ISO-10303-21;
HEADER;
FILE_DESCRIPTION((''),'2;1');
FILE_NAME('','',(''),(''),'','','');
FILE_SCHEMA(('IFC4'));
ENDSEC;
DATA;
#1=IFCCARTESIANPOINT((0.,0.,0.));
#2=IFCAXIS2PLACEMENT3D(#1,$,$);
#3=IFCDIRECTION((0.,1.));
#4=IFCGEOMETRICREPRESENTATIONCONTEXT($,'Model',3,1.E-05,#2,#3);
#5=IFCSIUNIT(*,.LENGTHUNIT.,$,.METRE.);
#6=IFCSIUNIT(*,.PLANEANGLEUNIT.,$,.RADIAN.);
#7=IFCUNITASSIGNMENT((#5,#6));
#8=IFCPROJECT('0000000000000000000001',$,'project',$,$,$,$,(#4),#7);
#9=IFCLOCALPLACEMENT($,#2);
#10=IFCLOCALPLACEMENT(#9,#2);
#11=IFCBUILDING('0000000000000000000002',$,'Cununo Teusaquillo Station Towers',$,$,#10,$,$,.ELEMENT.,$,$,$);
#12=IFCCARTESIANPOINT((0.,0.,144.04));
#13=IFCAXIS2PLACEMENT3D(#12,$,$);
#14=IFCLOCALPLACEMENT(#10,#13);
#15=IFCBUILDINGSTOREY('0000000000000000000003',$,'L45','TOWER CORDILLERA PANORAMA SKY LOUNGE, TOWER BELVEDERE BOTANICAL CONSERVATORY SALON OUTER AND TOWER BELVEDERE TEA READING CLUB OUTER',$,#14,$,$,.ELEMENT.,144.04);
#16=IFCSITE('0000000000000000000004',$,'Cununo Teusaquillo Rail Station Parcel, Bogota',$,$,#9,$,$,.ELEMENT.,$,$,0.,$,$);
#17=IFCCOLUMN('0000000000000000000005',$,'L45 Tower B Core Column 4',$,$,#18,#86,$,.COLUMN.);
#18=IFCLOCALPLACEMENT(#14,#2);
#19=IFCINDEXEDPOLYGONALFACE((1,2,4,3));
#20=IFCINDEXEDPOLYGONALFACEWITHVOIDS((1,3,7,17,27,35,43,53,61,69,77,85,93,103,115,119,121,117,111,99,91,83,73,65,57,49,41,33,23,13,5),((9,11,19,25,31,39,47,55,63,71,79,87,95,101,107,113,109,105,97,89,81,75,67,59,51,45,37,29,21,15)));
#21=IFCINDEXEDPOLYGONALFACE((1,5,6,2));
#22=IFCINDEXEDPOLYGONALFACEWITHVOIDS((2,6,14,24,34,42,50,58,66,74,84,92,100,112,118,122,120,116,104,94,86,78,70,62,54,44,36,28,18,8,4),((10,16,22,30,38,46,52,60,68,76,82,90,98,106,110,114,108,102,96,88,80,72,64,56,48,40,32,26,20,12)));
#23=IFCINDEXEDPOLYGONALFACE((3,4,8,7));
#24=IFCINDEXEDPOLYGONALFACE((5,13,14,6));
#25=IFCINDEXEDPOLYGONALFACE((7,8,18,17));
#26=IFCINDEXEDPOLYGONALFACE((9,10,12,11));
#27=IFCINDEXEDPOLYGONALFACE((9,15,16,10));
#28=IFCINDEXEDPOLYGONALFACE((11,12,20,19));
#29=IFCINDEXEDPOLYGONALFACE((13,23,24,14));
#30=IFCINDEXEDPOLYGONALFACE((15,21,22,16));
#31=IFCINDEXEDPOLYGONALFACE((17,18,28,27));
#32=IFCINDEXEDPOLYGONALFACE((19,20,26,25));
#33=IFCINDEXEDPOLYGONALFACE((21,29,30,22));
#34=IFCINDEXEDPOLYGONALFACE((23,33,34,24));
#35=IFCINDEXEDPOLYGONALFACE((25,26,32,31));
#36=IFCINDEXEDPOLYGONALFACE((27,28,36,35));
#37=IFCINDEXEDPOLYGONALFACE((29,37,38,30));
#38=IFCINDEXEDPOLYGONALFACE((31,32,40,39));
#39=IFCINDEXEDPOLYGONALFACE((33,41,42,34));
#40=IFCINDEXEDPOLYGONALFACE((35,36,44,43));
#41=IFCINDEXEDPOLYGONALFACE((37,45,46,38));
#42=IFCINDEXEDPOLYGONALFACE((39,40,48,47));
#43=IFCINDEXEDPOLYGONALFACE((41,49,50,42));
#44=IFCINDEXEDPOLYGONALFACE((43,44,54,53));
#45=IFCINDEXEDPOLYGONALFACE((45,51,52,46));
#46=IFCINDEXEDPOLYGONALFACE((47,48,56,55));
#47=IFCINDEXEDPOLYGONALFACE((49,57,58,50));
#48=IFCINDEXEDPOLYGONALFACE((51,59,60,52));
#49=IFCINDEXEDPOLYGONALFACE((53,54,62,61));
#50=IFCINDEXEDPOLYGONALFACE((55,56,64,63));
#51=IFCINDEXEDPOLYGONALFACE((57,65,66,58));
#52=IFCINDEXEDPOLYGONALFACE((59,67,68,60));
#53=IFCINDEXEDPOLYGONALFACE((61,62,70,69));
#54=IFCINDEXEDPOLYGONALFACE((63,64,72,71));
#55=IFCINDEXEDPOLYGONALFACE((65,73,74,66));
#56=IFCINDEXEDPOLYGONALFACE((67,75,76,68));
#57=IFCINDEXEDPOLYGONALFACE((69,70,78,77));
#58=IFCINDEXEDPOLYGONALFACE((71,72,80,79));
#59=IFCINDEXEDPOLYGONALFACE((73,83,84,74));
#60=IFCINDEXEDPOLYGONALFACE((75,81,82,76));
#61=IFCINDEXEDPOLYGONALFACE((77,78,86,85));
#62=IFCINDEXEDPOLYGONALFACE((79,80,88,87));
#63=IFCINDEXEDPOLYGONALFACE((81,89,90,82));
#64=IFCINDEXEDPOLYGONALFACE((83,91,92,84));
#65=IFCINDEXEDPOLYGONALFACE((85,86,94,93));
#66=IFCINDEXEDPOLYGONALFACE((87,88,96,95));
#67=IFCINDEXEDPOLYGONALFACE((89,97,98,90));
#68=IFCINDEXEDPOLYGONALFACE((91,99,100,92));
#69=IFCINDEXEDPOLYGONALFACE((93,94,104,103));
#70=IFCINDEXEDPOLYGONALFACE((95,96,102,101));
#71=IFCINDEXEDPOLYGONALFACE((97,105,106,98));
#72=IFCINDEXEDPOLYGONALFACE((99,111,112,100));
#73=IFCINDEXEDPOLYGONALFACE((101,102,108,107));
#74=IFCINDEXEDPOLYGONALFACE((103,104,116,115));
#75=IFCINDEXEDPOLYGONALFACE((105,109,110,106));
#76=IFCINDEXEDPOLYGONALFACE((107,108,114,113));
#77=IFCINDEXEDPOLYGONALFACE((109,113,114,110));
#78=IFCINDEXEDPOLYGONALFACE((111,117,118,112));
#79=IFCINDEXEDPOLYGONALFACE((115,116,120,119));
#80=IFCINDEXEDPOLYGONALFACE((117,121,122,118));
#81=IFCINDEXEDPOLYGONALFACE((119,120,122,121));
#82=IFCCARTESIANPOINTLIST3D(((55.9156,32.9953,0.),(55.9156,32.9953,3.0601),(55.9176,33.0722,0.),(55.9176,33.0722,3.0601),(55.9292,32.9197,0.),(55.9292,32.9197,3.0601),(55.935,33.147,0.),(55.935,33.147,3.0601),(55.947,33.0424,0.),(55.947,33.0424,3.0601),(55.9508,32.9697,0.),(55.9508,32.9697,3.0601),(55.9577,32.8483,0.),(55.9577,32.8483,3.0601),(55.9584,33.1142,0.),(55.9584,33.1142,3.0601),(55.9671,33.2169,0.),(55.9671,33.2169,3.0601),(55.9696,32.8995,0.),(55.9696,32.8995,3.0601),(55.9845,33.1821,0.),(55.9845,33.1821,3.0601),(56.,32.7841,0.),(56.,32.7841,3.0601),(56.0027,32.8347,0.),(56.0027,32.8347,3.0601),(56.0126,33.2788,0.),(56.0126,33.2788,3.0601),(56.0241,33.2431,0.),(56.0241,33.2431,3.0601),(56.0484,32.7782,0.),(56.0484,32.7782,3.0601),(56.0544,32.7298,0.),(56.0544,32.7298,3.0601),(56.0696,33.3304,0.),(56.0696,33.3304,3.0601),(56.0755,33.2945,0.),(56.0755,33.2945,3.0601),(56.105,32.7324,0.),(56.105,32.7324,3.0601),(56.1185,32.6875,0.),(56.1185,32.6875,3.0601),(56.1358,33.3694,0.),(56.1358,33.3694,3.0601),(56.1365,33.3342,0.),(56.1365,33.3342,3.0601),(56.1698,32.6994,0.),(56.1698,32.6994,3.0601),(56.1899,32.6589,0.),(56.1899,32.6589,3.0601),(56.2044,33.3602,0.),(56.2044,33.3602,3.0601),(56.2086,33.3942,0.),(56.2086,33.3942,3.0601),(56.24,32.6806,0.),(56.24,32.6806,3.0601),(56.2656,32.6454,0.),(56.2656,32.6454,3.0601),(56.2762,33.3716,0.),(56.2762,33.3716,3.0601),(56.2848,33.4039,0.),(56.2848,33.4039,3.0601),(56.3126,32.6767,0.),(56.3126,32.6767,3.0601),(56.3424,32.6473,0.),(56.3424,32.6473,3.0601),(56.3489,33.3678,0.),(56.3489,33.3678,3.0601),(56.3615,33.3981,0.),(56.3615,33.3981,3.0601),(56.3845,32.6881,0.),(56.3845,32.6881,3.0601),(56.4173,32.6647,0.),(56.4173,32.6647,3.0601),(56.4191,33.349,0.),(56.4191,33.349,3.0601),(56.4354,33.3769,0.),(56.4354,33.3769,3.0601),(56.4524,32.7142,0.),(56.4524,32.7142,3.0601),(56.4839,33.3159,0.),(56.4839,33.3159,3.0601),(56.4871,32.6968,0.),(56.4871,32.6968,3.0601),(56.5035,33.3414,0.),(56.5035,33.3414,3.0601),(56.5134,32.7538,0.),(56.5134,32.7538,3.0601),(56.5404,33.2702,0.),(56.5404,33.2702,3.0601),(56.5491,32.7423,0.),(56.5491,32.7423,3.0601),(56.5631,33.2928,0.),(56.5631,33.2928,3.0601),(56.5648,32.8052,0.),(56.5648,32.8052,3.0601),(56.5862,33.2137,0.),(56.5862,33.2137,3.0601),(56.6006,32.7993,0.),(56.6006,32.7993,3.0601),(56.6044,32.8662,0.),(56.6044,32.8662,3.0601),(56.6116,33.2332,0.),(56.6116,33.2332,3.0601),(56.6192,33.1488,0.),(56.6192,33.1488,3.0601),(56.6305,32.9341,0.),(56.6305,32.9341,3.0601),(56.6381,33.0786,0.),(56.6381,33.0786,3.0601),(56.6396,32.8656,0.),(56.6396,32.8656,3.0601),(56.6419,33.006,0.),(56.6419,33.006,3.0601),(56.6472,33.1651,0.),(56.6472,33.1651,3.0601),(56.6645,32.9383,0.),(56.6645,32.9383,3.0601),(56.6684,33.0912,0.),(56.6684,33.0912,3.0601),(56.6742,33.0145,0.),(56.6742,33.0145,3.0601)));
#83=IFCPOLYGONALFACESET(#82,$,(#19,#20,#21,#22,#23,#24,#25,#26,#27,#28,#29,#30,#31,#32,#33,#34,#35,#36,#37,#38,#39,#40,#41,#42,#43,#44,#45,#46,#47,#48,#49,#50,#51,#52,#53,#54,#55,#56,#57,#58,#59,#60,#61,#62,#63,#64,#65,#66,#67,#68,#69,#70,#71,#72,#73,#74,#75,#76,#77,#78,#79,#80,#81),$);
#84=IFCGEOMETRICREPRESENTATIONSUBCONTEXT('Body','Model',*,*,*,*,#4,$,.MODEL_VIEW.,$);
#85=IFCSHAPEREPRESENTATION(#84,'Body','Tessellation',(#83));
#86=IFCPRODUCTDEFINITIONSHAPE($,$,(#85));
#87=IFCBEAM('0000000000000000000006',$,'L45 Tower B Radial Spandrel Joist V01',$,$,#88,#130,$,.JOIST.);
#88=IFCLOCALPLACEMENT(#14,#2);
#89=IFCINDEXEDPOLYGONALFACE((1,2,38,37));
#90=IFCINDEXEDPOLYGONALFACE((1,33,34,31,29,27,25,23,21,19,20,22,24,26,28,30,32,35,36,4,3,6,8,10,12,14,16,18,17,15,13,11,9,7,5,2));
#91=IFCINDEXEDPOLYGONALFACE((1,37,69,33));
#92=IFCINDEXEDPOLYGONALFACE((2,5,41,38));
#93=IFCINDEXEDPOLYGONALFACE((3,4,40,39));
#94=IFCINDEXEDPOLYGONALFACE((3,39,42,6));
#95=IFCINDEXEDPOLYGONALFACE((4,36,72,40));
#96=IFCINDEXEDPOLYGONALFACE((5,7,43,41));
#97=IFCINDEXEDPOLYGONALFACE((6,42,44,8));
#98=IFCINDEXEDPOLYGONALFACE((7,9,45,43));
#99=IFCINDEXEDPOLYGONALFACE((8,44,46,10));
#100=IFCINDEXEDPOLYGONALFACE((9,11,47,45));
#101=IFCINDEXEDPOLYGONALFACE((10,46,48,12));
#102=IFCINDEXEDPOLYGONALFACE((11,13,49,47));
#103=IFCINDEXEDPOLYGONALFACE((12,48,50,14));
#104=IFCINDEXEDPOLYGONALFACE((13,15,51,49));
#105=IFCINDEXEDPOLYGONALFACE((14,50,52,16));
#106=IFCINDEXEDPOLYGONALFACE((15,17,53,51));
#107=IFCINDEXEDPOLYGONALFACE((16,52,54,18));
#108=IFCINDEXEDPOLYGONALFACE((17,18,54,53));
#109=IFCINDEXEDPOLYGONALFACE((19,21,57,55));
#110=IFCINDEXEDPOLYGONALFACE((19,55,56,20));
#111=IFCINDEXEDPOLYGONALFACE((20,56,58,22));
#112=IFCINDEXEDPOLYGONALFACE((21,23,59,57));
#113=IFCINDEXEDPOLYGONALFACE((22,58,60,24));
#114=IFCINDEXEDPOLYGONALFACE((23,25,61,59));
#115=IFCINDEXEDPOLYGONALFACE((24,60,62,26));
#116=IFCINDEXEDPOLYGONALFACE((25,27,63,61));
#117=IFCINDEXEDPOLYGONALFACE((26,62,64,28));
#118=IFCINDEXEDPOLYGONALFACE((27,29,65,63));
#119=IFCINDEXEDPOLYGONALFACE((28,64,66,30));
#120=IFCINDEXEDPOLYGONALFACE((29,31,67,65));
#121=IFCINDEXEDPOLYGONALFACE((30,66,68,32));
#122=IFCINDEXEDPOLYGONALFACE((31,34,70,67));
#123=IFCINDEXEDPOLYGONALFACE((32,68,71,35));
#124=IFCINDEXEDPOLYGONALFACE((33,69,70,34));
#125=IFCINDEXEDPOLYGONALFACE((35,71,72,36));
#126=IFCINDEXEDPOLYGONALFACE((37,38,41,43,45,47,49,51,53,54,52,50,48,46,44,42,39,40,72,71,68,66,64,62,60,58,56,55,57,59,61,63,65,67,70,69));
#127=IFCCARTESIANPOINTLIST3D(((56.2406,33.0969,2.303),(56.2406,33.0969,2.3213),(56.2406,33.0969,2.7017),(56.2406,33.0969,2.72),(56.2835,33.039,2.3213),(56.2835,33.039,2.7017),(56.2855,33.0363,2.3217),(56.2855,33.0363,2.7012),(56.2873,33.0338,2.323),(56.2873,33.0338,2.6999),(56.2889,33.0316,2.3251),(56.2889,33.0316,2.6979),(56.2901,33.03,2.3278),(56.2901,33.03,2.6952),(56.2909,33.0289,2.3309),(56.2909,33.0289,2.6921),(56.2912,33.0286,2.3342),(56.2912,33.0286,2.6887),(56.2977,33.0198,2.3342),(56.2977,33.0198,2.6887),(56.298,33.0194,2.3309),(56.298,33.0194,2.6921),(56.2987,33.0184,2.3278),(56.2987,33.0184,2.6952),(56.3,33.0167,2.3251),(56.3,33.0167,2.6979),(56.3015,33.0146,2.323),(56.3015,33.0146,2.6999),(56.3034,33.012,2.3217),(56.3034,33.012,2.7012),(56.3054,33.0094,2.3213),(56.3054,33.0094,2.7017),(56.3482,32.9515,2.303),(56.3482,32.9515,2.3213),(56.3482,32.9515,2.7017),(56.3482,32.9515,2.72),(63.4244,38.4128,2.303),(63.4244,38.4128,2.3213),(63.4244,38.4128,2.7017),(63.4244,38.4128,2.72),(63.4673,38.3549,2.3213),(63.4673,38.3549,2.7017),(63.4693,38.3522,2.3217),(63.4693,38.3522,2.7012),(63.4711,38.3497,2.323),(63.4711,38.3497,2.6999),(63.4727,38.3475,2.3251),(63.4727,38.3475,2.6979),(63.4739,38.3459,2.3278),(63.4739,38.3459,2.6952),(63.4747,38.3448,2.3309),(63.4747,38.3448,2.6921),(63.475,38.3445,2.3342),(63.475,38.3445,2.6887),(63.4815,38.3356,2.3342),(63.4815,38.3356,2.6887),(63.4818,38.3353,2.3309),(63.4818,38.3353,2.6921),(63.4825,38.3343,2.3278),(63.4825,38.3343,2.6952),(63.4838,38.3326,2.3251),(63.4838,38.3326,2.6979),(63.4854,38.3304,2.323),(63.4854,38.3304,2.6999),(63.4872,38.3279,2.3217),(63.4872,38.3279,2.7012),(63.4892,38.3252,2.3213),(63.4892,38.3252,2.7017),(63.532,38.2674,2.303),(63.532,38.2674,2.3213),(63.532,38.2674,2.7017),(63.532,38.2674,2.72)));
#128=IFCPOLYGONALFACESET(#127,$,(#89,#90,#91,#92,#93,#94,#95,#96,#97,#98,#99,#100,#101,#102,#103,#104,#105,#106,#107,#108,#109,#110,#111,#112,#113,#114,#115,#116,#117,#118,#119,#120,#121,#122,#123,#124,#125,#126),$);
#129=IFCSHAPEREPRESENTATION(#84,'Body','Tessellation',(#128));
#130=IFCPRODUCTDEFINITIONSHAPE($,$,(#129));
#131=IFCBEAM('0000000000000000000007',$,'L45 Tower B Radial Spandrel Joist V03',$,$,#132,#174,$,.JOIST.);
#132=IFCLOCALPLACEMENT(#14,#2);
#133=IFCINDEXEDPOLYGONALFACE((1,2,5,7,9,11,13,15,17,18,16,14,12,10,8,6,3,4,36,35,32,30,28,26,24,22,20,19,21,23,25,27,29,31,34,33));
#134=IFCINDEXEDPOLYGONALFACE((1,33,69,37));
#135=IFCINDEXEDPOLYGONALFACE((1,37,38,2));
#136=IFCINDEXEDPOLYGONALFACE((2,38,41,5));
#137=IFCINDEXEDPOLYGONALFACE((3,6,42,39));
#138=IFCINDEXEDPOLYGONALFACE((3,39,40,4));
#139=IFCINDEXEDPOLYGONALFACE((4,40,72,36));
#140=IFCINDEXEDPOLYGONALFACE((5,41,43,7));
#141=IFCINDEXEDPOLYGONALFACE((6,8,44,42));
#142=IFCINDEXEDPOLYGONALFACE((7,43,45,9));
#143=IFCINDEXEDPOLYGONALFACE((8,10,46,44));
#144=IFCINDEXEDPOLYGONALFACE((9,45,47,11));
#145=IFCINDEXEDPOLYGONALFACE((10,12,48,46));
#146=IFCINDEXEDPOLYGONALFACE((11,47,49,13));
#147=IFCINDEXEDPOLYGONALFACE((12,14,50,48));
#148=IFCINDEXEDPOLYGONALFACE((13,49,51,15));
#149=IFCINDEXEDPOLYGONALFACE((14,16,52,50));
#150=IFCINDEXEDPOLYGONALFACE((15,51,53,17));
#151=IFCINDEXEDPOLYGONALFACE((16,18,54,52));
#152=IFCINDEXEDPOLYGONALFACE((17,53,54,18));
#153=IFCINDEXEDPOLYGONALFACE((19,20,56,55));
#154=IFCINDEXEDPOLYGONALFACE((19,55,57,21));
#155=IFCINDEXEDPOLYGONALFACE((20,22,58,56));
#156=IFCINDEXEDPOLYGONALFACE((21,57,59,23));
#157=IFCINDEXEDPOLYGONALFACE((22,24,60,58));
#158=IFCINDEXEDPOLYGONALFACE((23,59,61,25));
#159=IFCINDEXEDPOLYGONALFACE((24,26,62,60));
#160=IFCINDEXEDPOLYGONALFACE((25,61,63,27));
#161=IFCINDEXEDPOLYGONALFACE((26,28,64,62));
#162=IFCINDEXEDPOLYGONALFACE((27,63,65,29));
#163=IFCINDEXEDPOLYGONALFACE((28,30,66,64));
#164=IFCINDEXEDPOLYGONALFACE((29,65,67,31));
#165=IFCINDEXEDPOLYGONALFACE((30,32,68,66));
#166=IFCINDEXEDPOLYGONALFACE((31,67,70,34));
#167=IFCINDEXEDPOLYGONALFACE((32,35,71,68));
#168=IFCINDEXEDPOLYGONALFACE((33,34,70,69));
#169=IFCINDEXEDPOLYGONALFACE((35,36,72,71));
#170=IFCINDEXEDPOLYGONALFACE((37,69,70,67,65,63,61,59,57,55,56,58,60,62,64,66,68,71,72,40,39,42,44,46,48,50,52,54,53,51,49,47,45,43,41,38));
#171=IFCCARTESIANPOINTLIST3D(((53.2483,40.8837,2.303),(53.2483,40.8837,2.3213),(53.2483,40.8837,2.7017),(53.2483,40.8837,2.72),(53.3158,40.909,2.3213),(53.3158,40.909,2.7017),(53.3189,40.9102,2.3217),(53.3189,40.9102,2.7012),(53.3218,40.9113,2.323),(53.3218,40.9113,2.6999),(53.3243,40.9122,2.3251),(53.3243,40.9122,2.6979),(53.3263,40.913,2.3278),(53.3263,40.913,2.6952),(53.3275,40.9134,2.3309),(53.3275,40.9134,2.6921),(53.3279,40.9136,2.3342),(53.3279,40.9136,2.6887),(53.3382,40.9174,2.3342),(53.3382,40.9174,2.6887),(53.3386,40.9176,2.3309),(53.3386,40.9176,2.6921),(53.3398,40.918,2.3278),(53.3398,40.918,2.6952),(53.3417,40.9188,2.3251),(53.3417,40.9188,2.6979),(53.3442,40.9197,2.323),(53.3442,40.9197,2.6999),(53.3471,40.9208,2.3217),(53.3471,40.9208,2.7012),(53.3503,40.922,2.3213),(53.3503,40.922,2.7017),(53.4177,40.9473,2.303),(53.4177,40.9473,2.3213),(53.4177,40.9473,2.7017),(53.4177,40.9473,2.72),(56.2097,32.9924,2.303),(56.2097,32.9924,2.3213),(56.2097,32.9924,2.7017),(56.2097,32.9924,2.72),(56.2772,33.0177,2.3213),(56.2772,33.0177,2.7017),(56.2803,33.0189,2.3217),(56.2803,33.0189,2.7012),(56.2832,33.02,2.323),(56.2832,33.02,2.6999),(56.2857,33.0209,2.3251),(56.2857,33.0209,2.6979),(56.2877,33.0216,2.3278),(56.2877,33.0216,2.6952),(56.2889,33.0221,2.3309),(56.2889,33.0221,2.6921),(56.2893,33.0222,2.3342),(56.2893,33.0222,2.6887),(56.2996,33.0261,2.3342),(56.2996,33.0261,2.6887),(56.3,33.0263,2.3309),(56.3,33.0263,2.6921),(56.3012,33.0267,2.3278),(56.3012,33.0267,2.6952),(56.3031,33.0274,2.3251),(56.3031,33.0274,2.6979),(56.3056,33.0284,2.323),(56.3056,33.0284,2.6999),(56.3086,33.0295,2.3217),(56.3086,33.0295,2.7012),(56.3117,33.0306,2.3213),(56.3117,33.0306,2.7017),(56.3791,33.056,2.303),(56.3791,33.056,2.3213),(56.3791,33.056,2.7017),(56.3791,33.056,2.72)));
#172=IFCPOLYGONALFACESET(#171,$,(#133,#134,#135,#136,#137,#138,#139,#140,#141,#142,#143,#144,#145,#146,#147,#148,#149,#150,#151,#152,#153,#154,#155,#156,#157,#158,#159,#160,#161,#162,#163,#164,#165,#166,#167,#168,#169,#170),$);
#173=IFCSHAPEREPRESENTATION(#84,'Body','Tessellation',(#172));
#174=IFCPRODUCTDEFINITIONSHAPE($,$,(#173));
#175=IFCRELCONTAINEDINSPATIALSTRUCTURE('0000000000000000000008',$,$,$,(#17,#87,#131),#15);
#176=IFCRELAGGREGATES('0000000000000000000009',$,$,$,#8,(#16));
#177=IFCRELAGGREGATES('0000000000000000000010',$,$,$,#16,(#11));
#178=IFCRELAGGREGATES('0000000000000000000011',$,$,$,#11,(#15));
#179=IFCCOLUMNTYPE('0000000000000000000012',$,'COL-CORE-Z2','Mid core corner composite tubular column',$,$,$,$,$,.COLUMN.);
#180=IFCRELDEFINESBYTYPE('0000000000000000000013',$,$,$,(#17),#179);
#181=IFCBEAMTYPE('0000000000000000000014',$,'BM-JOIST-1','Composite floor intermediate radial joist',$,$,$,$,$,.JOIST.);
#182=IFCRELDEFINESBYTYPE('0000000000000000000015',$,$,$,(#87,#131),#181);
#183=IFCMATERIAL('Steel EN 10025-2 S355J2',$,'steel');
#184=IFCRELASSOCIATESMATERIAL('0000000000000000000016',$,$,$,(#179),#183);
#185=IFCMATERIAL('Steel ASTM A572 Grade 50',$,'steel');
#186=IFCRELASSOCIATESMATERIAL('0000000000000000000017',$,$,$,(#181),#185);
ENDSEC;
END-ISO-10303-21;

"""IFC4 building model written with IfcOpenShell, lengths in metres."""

from ifc_helpers import new_model, si_unit, direction, frame, origin, origin_2d, place, context, subcontext, project, spatial, hollow_circle, i_section, extrude, material, material_profile, profile_set, type_object, element, save


model = new_model("IFC4")

# Units and contexts
model_context = context("Model", 3, precision=1e-05, world=origin(), true_north=direction((0.0, 1.0)))
body_context = subcontext(model_context, "Body", "Model", "MODEL_VIEW")
ifc_project = project(units=[si_unit("LENGTHUNIT", "METRE"), si_unit("PLANEANGLEUNIT", "RADIAN")], contexts=[model_context])

# Site, building, storey
site_placement = place(None, origin())
site = spatial("IfcSite", under=ifc_project, at=site_placement, Name="Cununo Teusaquillo Rail Station Parcel, Bogota", CompositionType="ELEMENT", RefElevation=0.0)
building_placement = place(site_placement, origin())
building = spatial("IfcBuilding", under=site, at=building_placement, Name="Cununo Teusaquillo Station Towers", CompositionType="ELEMENT")
storey_placement = place(building_placement, frame((0.0, 0.0, 144.04)))
storey = spatial("IfcBuildingStorey", under=building, at=storey_placement, Name="L45", Description="TOWER CORDILLERA PANORAMA SKY LOUNGE, TOWER BELVEDERE BOTANICAL CONSERVATORY SALON OUTER AND TOWER BELVEDERE TEA READING CLUB OUTER", CompositionType="ELEMENT", Elevation=144.04)

# Column
ifc_material_1 = material(Name="Steel EN 10025-2 S355J2", Category="steel")
ifc_material_profile_1 = material_profile(ifc_material_1, hollow_circle(Radius=0.3799, WallThickness=0.032, at=origin_2d()), Name="CHS 760x32")
ifc_profile_set_1 = profile_set([ifc_material_profile_1], Name="Steel EN 10025-2 S355J2")
column_type = type_object("IfcColumnType", Name="COL-CORE-Z2", Description="Mid core corner composite tubular column", PredefinedType="COLUMN", material=ifc_profile_set_1)
column_placement = place(storey_placement, frame((56.2944, 33.0242, 0.0), z_axis=(0.0, 0.0, 1.0), x_axis=(0.707107, 0.707107, 0.0)))
element("IfcColumn", 1, at=column_placement, inside=storey, type_object=column_type, Name="L45 Tower B Core Column 4", PredefinedType="COLUMN", context=body_context, shape_type="SweptSolid", body=[
    extrude(hollow_circle(Radius=0.3799, WallThickness=0.032, at=origin_2d()), origin(), (0.0, 0.0, 1.0), 3.0601),
])

# Beams
ifc_material_2 = material(Name="Steel ASTM A572 Grade 50", Category="steel")
ifc_material_profile_2 = material_profile(ifc_material_2, i_section(OverallWidth=0.1809, OverallDepth=0.417, WebThickness=0.011, FlangeThickness=0.0183, FilletRadius=0.0129, at=origin_2d()), Name="W16X57")
ifc_profile_set_2 = profile_set([ifc_material_profile_2], Name="Steel ASTM A572 Grade 50")
beam_type_1 = type_object("IfcBeamType", Name="BM-JOIST-1", Description="Composite floor intermediate radial joist", PredefinedType="JOIST", material=ifc_profile_set_2)
beam_1_placement = place(storey_placement, frame((56.2944, 33.0242, 2.5115), z_axis=(0.803848, 0.594834, 0.0), x_axis=(-0.594834, 0.803848, 0.0)))
element("IfcBeam", 2, at=beam_1_placement, inside=storey, type_object=beam_type_1, Name="L45 Tower B Radial Spandrel Joist V01", PredefinedType="JOIST", context=body_context, shape_type="SweptSolid", body=[
    extrude(i_section(OverallWidth=0.1809, OverallDepth=0.417, WebThickness=0.011, FlangeThickness=0.0183, FilletRadius=0.0129, at=origin_2d()), origin(), (0.0, 0.0, 1.0), 8.9368),
])
beam_2_placement = place(storey_placement, frame((56.2944, 33.0242, 2.5115), z_axis=(-0.351349, 0.936245, 0.0), x_axis=(-0.936245, -0.351349, 0.0)))
element("IfcBeam", 3, at=beam_2_placement, inside=storey, type_object=beam_type_1, Name="L45 Tower B Radial Spandrel Joist V03", PredefinedType="JOIST", context=body_context, shape_type="SweptSolid", body=[
    extrude(i_section(OverallWidth=0.1809, OverallDepth=0.417, WebThickness=0.011, FlangeThickness=0.0183, FilletRadius=0.0129, at=origin_2d()), origin(), (0.0, 0.0, 1.0), 8.4287),
])

save(model, "model.ifc")
